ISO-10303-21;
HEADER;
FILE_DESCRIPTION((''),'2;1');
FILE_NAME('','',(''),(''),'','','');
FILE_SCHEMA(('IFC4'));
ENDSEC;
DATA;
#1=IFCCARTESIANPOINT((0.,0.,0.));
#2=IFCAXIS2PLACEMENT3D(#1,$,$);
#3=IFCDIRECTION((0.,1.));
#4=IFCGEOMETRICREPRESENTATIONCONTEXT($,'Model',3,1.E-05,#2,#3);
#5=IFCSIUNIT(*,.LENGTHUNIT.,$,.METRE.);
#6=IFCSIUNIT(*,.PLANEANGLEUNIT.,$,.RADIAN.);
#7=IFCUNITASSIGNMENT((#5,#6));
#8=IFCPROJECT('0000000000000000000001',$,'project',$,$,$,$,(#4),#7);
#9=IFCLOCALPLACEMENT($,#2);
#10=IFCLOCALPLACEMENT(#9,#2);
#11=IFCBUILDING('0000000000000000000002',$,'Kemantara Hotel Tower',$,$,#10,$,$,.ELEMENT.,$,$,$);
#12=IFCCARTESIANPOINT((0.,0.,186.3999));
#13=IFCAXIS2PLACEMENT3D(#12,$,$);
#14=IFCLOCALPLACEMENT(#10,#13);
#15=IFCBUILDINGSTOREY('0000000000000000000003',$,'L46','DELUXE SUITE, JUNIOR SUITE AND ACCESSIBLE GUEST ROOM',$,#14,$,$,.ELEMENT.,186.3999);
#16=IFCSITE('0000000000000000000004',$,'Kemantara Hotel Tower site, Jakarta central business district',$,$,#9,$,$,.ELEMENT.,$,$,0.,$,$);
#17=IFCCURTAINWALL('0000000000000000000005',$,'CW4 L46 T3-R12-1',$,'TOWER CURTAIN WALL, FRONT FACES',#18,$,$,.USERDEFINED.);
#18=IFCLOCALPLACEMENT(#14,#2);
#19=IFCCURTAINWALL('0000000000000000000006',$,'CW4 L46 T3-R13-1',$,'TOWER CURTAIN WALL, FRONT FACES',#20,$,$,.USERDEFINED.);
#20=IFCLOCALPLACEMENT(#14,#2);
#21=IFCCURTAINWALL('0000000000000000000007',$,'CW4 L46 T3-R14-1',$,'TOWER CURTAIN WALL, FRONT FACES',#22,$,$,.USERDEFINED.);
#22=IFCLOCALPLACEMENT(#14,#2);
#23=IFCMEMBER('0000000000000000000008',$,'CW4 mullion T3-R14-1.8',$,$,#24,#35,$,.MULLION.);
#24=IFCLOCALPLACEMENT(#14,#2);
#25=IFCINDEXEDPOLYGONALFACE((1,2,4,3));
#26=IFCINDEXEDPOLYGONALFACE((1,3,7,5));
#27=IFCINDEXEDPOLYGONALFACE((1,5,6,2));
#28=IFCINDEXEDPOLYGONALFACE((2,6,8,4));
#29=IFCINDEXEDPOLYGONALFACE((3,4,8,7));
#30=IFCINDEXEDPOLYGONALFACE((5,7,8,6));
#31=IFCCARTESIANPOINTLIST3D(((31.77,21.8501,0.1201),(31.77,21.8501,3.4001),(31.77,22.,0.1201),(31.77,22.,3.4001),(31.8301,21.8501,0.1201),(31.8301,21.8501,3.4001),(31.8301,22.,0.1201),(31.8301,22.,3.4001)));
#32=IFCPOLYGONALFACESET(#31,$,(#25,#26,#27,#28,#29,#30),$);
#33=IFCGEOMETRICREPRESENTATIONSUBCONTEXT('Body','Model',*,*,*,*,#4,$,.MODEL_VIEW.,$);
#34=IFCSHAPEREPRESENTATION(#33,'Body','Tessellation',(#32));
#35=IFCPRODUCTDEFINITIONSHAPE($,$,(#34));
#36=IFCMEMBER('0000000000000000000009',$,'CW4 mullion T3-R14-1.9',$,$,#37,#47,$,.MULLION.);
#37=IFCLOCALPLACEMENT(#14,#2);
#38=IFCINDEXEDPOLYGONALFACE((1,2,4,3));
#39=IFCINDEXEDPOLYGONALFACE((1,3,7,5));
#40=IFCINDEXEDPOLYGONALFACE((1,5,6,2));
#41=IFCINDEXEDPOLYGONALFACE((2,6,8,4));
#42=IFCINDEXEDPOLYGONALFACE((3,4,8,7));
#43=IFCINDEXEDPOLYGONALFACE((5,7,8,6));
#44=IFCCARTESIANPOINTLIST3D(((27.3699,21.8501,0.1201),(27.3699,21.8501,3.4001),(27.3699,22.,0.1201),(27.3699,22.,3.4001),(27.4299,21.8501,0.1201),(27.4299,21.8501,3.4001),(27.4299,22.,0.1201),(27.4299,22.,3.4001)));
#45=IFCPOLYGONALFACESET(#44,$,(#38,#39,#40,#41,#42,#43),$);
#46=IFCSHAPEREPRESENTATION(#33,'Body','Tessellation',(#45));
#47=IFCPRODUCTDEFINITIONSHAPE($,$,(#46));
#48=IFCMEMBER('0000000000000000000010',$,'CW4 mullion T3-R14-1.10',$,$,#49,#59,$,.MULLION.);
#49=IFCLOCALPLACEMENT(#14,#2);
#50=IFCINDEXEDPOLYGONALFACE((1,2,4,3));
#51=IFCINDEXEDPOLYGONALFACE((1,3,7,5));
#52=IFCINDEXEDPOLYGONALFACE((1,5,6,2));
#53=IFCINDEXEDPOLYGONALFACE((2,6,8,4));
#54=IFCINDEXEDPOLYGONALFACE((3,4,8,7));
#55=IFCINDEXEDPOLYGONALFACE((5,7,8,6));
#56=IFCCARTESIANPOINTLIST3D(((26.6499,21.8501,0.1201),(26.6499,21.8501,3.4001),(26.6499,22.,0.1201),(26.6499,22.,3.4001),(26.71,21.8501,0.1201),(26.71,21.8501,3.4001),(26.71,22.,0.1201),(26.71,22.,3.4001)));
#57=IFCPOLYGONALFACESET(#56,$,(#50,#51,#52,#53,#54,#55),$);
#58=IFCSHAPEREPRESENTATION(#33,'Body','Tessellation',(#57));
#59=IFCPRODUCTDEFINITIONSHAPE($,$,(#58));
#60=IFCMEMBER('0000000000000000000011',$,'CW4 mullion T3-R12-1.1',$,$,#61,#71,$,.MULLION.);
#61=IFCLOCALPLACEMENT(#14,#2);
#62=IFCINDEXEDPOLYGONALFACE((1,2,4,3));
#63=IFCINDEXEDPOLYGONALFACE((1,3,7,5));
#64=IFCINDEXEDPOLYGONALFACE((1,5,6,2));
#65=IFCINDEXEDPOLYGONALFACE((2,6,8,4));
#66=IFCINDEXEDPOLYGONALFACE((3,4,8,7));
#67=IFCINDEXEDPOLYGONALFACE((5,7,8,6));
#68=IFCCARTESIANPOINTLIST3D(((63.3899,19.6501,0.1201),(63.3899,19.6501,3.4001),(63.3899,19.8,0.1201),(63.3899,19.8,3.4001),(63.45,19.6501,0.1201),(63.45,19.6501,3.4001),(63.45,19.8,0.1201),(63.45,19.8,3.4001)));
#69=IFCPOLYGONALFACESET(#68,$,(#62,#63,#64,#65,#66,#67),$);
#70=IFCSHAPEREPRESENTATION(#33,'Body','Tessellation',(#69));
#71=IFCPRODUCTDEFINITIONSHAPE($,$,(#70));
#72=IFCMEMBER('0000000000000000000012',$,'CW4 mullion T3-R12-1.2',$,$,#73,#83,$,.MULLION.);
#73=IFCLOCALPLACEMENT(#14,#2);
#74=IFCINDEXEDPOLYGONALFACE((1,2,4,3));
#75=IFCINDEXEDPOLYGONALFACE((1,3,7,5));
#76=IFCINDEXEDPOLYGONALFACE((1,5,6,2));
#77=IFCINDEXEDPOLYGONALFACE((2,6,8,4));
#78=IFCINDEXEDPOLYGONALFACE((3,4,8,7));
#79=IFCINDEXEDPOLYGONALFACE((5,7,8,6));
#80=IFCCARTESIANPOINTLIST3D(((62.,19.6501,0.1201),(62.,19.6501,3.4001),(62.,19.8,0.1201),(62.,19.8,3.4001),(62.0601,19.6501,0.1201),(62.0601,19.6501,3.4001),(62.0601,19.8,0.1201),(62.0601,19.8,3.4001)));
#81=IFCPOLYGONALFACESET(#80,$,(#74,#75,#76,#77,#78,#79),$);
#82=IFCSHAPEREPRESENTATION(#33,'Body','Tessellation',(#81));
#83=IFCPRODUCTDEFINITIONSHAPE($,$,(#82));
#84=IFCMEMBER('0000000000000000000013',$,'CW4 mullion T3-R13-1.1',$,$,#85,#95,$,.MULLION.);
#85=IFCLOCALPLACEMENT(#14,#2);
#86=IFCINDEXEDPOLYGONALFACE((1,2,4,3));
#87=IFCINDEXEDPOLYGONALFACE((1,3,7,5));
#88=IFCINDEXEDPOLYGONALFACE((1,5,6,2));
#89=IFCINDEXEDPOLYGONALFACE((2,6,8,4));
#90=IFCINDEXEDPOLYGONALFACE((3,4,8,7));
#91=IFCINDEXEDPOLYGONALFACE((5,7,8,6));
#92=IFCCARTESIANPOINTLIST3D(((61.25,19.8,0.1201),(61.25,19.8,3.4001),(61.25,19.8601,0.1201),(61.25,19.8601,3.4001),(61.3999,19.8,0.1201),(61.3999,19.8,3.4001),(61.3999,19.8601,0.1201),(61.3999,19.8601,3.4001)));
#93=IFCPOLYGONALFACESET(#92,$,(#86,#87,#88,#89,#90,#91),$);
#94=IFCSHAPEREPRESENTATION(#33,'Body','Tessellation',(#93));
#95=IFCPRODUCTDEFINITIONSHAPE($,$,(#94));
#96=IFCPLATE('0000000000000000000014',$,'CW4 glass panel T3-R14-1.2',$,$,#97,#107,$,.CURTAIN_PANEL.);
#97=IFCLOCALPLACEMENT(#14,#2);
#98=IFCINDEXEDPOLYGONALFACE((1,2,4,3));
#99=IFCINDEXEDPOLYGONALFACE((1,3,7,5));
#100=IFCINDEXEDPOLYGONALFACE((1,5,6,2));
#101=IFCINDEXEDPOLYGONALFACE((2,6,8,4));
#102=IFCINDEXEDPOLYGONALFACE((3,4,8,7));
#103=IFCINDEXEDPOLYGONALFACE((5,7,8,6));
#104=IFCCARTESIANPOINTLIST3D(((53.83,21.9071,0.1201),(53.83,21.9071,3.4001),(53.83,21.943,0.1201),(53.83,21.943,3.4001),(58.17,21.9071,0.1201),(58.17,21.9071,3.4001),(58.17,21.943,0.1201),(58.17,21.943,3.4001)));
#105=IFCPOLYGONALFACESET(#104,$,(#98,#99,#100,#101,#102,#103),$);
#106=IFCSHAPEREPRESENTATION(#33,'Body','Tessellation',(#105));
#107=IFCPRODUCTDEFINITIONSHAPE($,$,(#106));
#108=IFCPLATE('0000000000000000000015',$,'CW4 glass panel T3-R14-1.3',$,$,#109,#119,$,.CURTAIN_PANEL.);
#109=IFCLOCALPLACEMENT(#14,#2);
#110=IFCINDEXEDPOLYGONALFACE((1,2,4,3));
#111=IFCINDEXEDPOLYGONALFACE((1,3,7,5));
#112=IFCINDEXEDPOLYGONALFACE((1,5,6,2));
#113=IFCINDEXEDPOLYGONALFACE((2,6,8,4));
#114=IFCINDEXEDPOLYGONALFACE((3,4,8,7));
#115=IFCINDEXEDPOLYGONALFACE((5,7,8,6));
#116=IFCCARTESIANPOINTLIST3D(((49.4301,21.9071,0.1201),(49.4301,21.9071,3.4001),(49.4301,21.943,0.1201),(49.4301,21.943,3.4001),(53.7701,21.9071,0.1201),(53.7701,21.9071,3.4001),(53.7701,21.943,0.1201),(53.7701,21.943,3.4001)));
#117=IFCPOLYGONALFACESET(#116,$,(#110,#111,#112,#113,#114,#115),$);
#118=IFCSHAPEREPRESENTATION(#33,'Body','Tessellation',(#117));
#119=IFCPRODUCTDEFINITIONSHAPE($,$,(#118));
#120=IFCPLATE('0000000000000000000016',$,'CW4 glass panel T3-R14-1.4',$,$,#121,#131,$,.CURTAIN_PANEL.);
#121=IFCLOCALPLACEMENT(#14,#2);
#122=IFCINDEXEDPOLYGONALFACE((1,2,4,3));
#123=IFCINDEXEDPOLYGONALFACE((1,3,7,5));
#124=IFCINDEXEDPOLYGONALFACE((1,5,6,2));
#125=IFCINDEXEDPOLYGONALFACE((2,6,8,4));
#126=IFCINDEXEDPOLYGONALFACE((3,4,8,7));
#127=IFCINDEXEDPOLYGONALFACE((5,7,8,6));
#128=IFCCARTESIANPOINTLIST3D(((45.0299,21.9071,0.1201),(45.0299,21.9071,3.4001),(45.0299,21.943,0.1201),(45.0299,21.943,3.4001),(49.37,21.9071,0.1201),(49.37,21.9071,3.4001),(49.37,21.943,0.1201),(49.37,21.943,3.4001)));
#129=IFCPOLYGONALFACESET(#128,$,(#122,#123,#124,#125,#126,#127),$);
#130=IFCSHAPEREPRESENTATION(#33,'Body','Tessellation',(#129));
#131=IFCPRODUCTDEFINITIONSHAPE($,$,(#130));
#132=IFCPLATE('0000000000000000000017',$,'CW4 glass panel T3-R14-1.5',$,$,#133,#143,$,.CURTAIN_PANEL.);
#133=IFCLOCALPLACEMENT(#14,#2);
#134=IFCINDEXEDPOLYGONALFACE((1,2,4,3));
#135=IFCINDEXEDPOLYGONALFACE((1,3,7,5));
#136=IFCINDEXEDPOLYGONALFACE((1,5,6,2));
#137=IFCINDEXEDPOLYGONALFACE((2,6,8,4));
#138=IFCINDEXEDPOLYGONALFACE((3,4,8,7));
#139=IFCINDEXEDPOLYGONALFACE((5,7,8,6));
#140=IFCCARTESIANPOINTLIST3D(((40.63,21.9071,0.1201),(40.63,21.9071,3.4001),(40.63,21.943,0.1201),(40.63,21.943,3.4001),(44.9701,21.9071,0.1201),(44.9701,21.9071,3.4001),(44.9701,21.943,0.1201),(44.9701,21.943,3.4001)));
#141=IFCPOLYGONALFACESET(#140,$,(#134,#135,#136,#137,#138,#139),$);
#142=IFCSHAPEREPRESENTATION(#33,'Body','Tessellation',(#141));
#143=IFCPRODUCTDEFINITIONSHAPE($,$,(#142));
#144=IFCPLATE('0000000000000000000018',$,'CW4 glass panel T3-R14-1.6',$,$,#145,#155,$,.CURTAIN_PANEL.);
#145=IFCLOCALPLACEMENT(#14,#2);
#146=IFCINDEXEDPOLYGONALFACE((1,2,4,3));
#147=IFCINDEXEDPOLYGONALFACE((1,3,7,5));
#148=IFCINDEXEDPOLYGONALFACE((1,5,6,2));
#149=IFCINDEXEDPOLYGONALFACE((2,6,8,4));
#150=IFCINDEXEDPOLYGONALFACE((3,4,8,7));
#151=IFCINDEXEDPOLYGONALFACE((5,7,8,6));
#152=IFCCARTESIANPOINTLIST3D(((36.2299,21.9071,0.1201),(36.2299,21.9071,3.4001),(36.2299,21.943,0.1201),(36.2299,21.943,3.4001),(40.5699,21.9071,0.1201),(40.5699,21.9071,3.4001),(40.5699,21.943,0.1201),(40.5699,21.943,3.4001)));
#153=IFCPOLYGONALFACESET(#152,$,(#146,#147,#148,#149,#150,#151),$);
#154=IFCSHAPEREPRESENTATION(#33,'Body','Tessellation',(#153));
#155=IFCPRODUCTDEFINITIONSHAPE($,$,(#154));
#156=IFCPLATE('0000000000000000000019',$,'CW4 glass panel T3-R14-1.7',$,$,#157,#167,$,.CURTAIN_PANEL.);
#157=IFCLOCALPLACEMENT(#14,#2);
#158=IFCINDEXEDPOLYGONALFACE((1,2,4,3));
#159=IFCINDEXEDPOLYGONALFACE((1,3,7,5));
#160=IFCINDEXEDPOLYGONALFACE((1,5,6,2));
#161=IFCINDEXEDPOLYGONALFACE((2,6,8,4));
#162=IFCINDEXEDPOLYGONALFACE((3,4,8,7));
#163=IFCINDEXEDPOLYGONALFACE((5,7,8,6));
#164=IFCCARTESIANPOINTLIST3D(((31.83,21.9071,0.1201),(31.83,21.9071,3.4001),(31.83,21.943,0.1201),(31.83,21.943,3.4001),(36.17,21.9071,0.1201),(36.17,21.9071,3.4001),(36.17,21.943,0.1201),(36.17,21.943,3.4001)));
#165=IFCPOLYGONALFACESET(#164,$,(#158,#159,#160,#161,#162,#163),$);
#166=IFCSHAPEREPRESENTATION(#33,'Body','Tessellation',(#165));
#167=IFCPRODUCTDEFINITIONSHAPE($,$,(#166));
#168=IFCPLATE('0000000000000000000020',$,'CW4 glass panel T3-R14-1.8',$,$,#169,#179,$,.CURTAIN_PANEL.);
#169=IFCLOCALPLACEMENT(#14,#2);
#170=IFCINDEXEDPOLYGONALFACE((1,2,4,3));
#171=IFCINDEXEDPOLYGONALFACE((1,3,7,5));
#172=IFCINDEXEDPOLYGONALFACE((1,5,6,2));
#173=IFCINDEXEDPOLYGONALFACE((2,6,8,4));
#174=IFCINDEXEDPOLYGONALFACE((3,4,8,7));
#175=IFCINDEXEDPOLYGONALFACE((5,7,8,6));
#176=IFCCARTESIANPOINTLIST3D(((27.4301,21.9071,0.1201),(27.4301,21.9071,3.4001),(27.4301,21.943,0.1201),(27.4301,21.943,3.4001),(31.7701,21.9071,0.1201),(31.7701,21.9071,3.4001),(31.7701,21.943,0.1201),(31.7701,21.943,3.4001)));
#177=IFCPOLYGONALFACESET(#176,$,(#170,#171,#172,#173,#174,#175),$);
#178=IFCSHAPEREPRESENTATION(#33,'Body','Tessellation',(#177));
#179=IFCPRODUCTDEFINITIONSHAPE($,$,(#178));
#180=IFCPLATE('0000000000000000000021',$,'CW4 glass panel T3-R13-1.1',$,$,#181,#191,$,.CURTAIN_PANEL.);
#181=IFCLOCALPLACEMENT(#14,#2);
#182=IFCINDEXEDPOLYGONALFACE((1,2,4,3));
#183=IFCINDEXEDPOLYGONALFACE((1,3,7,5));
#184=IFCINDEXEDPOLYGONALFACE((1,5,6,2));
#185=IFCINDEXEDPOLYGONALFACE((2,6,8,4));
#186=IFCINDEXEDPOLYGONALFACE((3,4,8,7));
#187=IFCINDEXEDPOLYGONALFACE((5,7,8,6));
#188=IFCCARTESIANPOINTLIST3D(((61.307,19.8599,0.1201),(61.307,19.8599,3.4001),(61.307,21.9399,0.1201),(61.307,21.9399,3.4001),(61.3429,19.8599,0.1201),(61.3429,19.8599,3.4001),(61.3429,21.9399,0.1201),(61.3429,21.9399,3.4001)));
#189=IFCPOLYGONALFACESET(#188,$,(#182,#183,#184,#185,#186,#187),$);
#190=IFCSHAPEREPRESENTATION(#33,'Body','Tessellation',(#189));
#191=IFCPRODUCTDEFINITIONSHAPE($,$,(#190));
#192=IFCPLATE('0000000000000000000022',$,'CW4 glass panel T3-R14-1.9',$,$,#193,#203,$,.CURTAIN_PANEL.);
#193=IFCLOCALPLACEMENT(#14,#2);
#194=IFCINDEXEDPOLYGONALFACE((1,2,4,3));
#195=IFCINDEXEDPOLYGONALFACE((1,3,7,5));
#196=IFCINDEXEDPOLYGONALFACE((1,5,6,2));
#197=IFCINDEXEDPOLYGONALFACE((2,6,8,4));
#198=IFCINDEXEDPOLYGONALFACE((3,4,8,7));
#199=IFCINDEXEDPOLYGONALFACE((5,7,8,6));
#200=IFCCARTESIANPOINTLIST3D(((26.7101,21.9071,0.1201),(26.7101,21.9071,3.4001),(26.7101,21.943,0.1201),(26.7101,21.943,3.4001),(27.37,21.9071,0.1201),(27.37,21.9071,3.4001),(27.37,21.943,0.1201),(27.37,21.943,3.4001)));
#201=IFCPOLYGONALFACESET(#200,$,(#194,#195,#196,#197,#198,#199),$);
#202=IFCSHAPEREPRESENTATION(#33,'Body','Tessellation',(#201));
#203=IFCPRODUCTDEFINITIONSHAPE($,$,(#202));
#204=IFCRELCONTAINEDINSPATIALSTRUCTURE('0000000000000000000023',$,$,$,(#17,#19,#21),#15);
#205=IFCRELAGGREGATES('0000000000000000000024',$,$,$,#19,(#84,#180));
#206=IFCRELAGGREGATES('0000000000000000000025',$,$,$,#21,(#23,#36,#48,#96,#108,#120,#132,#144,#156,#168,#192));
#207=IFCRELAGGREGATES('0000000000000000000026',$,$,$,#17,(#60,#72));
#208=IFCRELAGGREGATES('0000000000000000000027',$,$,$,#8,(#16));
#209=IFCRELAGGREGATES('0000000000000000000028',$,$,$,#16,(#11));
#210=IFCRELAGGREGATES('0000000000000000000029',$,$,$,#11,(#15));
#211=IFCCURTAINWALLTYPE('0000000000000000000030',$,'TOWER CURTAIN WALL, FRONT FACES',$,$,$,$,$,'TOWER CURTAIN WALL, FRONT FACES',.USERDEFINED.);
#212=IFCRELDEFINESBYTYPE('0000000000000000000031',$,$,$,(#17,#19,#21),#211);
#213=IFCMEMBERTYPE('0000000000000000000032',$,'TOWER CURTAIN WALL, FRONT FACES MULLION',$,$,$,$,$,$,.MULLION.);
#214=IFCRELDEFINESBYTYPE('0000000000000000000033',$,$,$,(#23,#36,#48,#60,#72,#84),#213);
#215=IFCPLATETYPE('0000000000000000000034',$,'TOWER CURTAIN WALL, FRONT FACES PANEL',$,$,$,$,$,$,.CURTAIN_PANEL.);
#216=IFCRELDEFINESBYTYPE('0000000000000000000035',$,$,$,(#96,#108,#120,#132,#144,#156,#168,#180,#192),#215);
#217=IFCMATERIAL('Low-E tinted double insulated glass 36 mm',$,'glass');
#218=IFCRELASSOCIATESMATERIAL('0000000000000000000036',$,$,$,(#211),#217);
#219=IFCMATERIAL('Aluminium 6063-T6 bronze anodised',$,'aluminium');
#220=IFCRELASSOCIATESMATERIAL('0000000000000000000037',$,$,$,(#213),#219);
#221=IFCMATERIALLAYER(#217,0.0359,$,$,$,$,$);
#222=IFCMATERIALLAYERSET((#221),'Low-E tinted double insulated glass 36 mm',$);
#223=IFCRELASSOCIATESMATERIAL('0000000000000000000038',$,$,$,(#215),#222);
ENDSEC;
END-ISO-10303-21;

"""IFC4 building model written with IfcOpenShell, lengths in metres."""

from ifc_helpers import new_model, si_unit, direction, frame, origin, origin_2d, place, context, subcontext, project, spatial, rectangle, extrude, source, transform, mapped, material, layer, layer_set, material_profile, profile_set, type_object, element, aggregate, save


model = new_model("IFC4")

# Units and contexts
model_context = context("Model", 3, precision=1e-05, world=origin(), true_north=direction((0.0, 1.0)))
body_context = subcontext(model_context, "Body", "Model", "MODEL_VIEW")
ifc_project = project(units=[si_unit("LENGTHUNIT", "METRE"), si_unit("PLANEANGLEUNIT", "RADIAN")], contexts=[model_context])

# Site, building, storey
site_placement = place(None, origin())
site = spatial("IfcSite", under=ifc_project, at=site_placement, Name="Kemantara Hotel Tower site, Jakarta central business district", CompositionType="ELEMENT", RefElevation=0.0)
building_placement = place(site_placement, origin())
building = spatial("IfcBuilding", under=site, at=building_placement, Name="Kemantara Hotel Tower", CompositionType="ELEMENT")
storey_placement = place(building_placement, frame((0.0, 0.0, 186.3999)))
storey = spatial("IfcBuildingStorey", under=building, at=storey_placement, Name="L46", Description="DELUXE SUITE, JUNIOR SUITE AND ACCESSIBLE GUEST ROOM", CompositionType="ELEMENT", Elevation=186.3999)

# Curtain walls
ifc_material_1 = material(Name="Low-E tinted double insulated glass 36 mm", Category="glass")
curtain_wall_type = type_object("IfcCurtainWallType", Name="TOWER CURTAIN WALL, FRONT FACES", ElementType="TOWER CURTAIN WALL, FRONT FACES", PredefinedType="USERDEFINED", material=ifc_material_1)
curtain_wall_1_placement = place(storey_placement, origin())
curtain_wall_1 = element("IfcCurtainWall", 1, at=curtain_wall_1_placement, inside=storey, type_object=curtain_wall_type, Name="CW4 L46 T3-R12-1", ObjectType="TOWER CURTAIN WALL, FRONT FACES", PredefinedType="USERDEFINED")
ifc_material_2 = material(Name="Aluminium 6063-T6 bronze anodised", Category="aluminium")
curtain_wall_2_placement = place(storey_placement, origin())
curtain_wall_2 = element("IfcCurtainWall", 2, at=curtain_wall_2_placement, inside=storey, type_object=curtain_wall_type, Name="CW4 L46 T3-R13-1", ObjectType="TOWER CURTAIN WALL, FRONT FACES", PredefinedType="USERDEFINED")

# Curtain wall, members
ifc_material_profile_1 = material_profile(ifc_material_2, rectangle(XDim=0.1499, YDim=0.0601, at=origin_2d()), Name="TOWER CURTAIN WALL, FRONT FACES MULLION")
ifc_profile_set_1 = profile_set([ifc_material_profile_1], Name="Aluminium 6063-T6 bronze anodised")
member_type_1 = type_object("IfcMemberType", Name="TOWER CURTAIN WALL, FRONT FACES MULLION", PredefinedType="MULLION", material=ifc_profile_set_1)
shared_shape_1 = source(origin(), body_context, "Body", "SweptSolid", [
    extrude(rectangle(XDim=0.1499, YDim=0.0601, at=origin_2d()), origin(), (0.0, 0.0, 1.0), 3.28),
])
curtain_wall_3_placement = place(storey_placement, origin())
curtain_wall_3 = element("IfcCurtainWall", 3, at=curtain_wall_3_placement, inside=storey, type_object=curtain_wall_type, Name="CW4 L46 T3-R14-1", ObjectType="TOWER CURTAIN WALL, FRONT FACES", PredefinedType="USERDEFINED")
member_1_placement = place(storey_placement, frame((31.8, 21.925, 0.1201), z_axis=(0.0, 0.0, 1.0), x_axis=(0.0, -1.0, 0.0)))
member_1 = element("IfcMember", 4, at=member_1_placement, type_object=member_type_1, Name="CW4 mullion T3-R14-1.8", PredefinedType="MULLION", context=body_context, shape_type="MappedRepresentation", body=[
    mapped(shared_shape_1, transform((0.0, 0.0, 0.0))),
])
member_2_placement = place(storey_placement, frame((27.3999, 21.925, 0.1201), z_axis=(0.0, 0.0, 1.0), x_axis=(0.0, -1.0, 0.0)))
member_2 = element("IfcMember", 5, at=member_2_placement, type_object=member_type_1, Name="CW4 mullion T3-R14-1.9", PredefinedType="MULLION", context=body_context, shape_type="MappedRepresentation", body=[
    mapped(shared_shape_1, transform((0.0, 0.0, 0.0))),
])
member_3_placement = place(storey_placement, frame((26.6799, 21.925, 0.1201), z_axis=(0.0, 0.0, 1.0), x_axis=(0.0, -1.0, 0.0)))
member_3 = element("IfcMember", 6, at=member_3_placement, type_object=member_type_1, Name="CW4 mullion T3-R14-1.10", PredefinedType="MULLION", context=body_context, shape_type="MappedRepresentation", body=[
    mapped(shared_shape_1, transform((0.0, 0.0, 0.0))),
])

# Members
member_4_placement = place(storey_placement, frame((63.4199, 19.7251, 0.1201), z_axis=(0.0, 0.0, 1.0), x_axis=(0.0, -1.0, 0.0)))
member_4 = element("IfcMember", 7, at=member_4_placement, type_object=member_type_1, Name="CW4 mullion T3-R12-1.1", PredefinedType="MULLION", context=body_context, shape_type="MappedRepresentation", body=[
    mapped(shared_shape_1, transform((0.0, 0.0, 0.0))),
])
member_5_placement = place(storey_placement, frame((62.03, 19.7251, 0.1201), z_axis=(0.0, 0.0, 1.0), x_axis=(0.0, -1.0, 0.0)))
member_5 = element("IfcMember", 8, at=member_5_placement, type_object=member_type_1, Name="CW4 mullion T3-R12-1.2", PredefinedType="MULLION", context=body_context, shape_type="MappedRepresentation", body=[
    mapped(shared_shape_1, transform((0.0, 0.0, 0.0))),
])
member_6_placement = place(storey_placement, frame((61.325, 19.8301, 0.1201), z_axis=(0.0, 0.0, 1.0), x_axis=(-1.0, 0.0, 0.0)))
member_6 = element("IfcMember", 9, at=member_6_placement, type_object=member_type_1, Name="CW4 mullion T3-R13-1.1", PredefinedType="MULLION", context=body_context, shape_type="MappedRepresentation", body=[
    mapped(shared_shape_1, transform((0.0, 0.0, 0.0))),
])

# Plates
ifc_layer_1 = layer(ifc_material_1, 0.0359)
ifc_layer_set_1 = layer_set([ifc_layer_1], Name="Low-E tinted double insulated glass 36 mm")
plate_type = type_object("IfcPlateType", Name="TOWER CURTAIN WALL, FRONT FACES PANEL", PredefinedType="CURTAIN_PANEL", material=ifc_layer_set_1)
shared_shape_2 = source(origin(), body_context, "Body", "SweptSolid", [
    extrude(rectangle(XDim=4.3401, YDim=0.0359, at=origin_2d()), origin(), (0.0, 0.0, 1.0), 3.28),
])
plate_1_placement = place(storey_placement, frame((56.0, 21.925, 0.1201), z_axis=(0.0, 0.0, 1.0), x_axis=(-1.0, 0.0, 0.0)))
plate_1 = element("IfcPlate", 10, at=plate_1_placement, type_object=plate_type, Name="CW4 glass panel T3-R14-1.2", PredefinedType="CURTAIN_PANEL", context=body_context, shape_type="MappedRepresentation", body=[
    mapped(shared_shape_2, transform((0.0, 0.0, 0.0))),
])
plate_2_placement = place(storey_placement, frame((51.6001, 21.925, 0.1201), z_axis=(0.0, 0.0, 1.0), x_axis=(-1.0, 0.0, 0.0)))
plate_2 = element("IfcPlate", 11, at=plate_2_placement, type_object=plate_type, Name="CW4 glass panel T3-R14-1.3", PredefinedType="CURTAIN_PANEL", context=body_context, shape_type="MappedRepresentation", body=[
    mapped(shared_shape_2, transform((0.0, 0.0, 0.0))),
])
plate_3_placement = place(storey_placement, frame((47.2, 21.925, 0.1201), z_axis=(0.0, 0.0, 1.0), x_axis=(-1.0, 0.0, 0.0)))
plate_3 = element("IfcPlate", 12, at=plate_3_placement, type_object=plate_type, Name="CW4 glass panel T3-R14-1.4", PredefinedType="CURTAIN_PANEL", context=body_context, shape_type="MappedRepresentation", body=[
    mapped(shared_shape_2, transform((0.0, 0.0, 0.0))),
])
plate_4_placement = place(storey_placement, frame((42.8, 21.925, 0.1201), z_axis=(0.0, 0.0, 1.0), x_axis=(-1.0, 0.0, 0.0)))
plate_4 = element("IfcPlate", 13, at=plate_4_placement, type_object=plate_type, Name="CW4 glass panel T3-R14-1.5", PredefinedType="CURTAIN_PANEL", context=body_context, shape_type="MappedRepresentation", body=[
    mapped(shared_shape_2, transform((0.0, 0.0, 0.0))),
])
plate_5_placement = place(storey_placement, frame((38.3999, 21.925, 0.1201), z_axis=(0.0, 0.0, 1.0), x_axis=(-1.0, 0.0, 0.0)))
plate_5 = element("IfcPlate", 14, at=plate_5_placement, type_object=plate_type, Name="CW4 glass panel T3-R14-1.6", PredefinedType="CURTAIN_PANEL", context=body_context, shape_type="MappedRepresentation", body=[
    mapped(shared_shape_2, transform((0.0, 0.0, 0.0))),
])
plate_6_placement = place(storey_placement, frame((34.0, 21.925, 0.1201), z_axis=(0.0, 0.0, 1.0), x_axis=(-1.0, 0.0, 0.0)))
plate_6 = element("IfcPlate", 15, at=plate_6_placement, type_object=plate_type, Name="CW4 glass panel T3-R14-1.7", PredefinedType="CURTAIN_PANEL", context=body_context, shape_type="MappedRepresentation", body=[
    mapped(shared_shape_2, transform((0.0, 0.0, 0.0))),
])
plate_7_placement = place(storey_placement, frame((29.6001, 21.925, 0.1201), z_axis=(0.0, 0.0, 1.0), x_axis=(-1.0, 0.0, 0.0)))
plate_7 = element("IfcPlate", 16, at=plate_7_placement, type_object=plate_type, Name="CW4 glass panel T3-R14-1.8", PredefinedType="CURTAIN_PANEL", context=body_context, shape_type="MappedRepresentation", body=[
    mapped(shared_shape_2, transform((0.0, 0.0, 0.0))),
])
shared_shape_3 = source(origin(), body_context, "Body", "SweptSolid", [
    extrude(rectangle(XDim=2.0801, YDim=0.0359, at=origin_2d()), origin(), (0.0, 0.0, 1.0), 3.28),
])
plate_8_placement = place(storey_placement, frame((61.325, 20.8999, 0.1201), z_axis=(0.0, 0.0, 1.0), x_axis=(0.0, 1.0, 0.0)))
plate_8 = element("IfcPlate", 17, at=plate_8_placement, type_object=plate_type, Name="CW4 glass panel T3-R13-1.1", PredefinedType="CURTAIN_PANEL", context=body_context, shape_type="MappedRepresentation", body=[
    mapped(shared_shape_3, transform((0.0, 0.0, 0.0))),
])
aggregate(curtain_wall_2, [member_6, plate_8])
shared_shape_4 = source(origin(), body_context, "Body", "SweptSolid", [
    extrude(rectangle(XDim=0.6599, YDim=0.0359, at=origin_2d()), origin(), (0.0, 0.0, 1.0), 3.28),
])
plate_9_placement = place(storey_placement, frame((27.04, 21.925, 0.1201), z_axis=(0.0, 0.0, 1.0), x_axis=(-1.0, 0.0, 0.0)))
plate_9 = element("IfcPlate", 18, at=plate_9_placement, type_object=plate_type, Name="CW4 glass panel T3-R14-1.9", PredefinedType="CURTAIN_PANEL", context=body_context, shape_type="MappedRepresentation", body=[
    mapped(shared_shape_4, transform((0.0, 0.0, 0.0))),
])
aggregate(curtain_wall_3, [member_1, member_2, member_3, plate_1, plate_2, plate_3, plate_4, plate_5, plate_6, plate_7, plate_9])
aggregate(curtain_wall_1, [member_4, member_5])

save(model, "model.ifc")
